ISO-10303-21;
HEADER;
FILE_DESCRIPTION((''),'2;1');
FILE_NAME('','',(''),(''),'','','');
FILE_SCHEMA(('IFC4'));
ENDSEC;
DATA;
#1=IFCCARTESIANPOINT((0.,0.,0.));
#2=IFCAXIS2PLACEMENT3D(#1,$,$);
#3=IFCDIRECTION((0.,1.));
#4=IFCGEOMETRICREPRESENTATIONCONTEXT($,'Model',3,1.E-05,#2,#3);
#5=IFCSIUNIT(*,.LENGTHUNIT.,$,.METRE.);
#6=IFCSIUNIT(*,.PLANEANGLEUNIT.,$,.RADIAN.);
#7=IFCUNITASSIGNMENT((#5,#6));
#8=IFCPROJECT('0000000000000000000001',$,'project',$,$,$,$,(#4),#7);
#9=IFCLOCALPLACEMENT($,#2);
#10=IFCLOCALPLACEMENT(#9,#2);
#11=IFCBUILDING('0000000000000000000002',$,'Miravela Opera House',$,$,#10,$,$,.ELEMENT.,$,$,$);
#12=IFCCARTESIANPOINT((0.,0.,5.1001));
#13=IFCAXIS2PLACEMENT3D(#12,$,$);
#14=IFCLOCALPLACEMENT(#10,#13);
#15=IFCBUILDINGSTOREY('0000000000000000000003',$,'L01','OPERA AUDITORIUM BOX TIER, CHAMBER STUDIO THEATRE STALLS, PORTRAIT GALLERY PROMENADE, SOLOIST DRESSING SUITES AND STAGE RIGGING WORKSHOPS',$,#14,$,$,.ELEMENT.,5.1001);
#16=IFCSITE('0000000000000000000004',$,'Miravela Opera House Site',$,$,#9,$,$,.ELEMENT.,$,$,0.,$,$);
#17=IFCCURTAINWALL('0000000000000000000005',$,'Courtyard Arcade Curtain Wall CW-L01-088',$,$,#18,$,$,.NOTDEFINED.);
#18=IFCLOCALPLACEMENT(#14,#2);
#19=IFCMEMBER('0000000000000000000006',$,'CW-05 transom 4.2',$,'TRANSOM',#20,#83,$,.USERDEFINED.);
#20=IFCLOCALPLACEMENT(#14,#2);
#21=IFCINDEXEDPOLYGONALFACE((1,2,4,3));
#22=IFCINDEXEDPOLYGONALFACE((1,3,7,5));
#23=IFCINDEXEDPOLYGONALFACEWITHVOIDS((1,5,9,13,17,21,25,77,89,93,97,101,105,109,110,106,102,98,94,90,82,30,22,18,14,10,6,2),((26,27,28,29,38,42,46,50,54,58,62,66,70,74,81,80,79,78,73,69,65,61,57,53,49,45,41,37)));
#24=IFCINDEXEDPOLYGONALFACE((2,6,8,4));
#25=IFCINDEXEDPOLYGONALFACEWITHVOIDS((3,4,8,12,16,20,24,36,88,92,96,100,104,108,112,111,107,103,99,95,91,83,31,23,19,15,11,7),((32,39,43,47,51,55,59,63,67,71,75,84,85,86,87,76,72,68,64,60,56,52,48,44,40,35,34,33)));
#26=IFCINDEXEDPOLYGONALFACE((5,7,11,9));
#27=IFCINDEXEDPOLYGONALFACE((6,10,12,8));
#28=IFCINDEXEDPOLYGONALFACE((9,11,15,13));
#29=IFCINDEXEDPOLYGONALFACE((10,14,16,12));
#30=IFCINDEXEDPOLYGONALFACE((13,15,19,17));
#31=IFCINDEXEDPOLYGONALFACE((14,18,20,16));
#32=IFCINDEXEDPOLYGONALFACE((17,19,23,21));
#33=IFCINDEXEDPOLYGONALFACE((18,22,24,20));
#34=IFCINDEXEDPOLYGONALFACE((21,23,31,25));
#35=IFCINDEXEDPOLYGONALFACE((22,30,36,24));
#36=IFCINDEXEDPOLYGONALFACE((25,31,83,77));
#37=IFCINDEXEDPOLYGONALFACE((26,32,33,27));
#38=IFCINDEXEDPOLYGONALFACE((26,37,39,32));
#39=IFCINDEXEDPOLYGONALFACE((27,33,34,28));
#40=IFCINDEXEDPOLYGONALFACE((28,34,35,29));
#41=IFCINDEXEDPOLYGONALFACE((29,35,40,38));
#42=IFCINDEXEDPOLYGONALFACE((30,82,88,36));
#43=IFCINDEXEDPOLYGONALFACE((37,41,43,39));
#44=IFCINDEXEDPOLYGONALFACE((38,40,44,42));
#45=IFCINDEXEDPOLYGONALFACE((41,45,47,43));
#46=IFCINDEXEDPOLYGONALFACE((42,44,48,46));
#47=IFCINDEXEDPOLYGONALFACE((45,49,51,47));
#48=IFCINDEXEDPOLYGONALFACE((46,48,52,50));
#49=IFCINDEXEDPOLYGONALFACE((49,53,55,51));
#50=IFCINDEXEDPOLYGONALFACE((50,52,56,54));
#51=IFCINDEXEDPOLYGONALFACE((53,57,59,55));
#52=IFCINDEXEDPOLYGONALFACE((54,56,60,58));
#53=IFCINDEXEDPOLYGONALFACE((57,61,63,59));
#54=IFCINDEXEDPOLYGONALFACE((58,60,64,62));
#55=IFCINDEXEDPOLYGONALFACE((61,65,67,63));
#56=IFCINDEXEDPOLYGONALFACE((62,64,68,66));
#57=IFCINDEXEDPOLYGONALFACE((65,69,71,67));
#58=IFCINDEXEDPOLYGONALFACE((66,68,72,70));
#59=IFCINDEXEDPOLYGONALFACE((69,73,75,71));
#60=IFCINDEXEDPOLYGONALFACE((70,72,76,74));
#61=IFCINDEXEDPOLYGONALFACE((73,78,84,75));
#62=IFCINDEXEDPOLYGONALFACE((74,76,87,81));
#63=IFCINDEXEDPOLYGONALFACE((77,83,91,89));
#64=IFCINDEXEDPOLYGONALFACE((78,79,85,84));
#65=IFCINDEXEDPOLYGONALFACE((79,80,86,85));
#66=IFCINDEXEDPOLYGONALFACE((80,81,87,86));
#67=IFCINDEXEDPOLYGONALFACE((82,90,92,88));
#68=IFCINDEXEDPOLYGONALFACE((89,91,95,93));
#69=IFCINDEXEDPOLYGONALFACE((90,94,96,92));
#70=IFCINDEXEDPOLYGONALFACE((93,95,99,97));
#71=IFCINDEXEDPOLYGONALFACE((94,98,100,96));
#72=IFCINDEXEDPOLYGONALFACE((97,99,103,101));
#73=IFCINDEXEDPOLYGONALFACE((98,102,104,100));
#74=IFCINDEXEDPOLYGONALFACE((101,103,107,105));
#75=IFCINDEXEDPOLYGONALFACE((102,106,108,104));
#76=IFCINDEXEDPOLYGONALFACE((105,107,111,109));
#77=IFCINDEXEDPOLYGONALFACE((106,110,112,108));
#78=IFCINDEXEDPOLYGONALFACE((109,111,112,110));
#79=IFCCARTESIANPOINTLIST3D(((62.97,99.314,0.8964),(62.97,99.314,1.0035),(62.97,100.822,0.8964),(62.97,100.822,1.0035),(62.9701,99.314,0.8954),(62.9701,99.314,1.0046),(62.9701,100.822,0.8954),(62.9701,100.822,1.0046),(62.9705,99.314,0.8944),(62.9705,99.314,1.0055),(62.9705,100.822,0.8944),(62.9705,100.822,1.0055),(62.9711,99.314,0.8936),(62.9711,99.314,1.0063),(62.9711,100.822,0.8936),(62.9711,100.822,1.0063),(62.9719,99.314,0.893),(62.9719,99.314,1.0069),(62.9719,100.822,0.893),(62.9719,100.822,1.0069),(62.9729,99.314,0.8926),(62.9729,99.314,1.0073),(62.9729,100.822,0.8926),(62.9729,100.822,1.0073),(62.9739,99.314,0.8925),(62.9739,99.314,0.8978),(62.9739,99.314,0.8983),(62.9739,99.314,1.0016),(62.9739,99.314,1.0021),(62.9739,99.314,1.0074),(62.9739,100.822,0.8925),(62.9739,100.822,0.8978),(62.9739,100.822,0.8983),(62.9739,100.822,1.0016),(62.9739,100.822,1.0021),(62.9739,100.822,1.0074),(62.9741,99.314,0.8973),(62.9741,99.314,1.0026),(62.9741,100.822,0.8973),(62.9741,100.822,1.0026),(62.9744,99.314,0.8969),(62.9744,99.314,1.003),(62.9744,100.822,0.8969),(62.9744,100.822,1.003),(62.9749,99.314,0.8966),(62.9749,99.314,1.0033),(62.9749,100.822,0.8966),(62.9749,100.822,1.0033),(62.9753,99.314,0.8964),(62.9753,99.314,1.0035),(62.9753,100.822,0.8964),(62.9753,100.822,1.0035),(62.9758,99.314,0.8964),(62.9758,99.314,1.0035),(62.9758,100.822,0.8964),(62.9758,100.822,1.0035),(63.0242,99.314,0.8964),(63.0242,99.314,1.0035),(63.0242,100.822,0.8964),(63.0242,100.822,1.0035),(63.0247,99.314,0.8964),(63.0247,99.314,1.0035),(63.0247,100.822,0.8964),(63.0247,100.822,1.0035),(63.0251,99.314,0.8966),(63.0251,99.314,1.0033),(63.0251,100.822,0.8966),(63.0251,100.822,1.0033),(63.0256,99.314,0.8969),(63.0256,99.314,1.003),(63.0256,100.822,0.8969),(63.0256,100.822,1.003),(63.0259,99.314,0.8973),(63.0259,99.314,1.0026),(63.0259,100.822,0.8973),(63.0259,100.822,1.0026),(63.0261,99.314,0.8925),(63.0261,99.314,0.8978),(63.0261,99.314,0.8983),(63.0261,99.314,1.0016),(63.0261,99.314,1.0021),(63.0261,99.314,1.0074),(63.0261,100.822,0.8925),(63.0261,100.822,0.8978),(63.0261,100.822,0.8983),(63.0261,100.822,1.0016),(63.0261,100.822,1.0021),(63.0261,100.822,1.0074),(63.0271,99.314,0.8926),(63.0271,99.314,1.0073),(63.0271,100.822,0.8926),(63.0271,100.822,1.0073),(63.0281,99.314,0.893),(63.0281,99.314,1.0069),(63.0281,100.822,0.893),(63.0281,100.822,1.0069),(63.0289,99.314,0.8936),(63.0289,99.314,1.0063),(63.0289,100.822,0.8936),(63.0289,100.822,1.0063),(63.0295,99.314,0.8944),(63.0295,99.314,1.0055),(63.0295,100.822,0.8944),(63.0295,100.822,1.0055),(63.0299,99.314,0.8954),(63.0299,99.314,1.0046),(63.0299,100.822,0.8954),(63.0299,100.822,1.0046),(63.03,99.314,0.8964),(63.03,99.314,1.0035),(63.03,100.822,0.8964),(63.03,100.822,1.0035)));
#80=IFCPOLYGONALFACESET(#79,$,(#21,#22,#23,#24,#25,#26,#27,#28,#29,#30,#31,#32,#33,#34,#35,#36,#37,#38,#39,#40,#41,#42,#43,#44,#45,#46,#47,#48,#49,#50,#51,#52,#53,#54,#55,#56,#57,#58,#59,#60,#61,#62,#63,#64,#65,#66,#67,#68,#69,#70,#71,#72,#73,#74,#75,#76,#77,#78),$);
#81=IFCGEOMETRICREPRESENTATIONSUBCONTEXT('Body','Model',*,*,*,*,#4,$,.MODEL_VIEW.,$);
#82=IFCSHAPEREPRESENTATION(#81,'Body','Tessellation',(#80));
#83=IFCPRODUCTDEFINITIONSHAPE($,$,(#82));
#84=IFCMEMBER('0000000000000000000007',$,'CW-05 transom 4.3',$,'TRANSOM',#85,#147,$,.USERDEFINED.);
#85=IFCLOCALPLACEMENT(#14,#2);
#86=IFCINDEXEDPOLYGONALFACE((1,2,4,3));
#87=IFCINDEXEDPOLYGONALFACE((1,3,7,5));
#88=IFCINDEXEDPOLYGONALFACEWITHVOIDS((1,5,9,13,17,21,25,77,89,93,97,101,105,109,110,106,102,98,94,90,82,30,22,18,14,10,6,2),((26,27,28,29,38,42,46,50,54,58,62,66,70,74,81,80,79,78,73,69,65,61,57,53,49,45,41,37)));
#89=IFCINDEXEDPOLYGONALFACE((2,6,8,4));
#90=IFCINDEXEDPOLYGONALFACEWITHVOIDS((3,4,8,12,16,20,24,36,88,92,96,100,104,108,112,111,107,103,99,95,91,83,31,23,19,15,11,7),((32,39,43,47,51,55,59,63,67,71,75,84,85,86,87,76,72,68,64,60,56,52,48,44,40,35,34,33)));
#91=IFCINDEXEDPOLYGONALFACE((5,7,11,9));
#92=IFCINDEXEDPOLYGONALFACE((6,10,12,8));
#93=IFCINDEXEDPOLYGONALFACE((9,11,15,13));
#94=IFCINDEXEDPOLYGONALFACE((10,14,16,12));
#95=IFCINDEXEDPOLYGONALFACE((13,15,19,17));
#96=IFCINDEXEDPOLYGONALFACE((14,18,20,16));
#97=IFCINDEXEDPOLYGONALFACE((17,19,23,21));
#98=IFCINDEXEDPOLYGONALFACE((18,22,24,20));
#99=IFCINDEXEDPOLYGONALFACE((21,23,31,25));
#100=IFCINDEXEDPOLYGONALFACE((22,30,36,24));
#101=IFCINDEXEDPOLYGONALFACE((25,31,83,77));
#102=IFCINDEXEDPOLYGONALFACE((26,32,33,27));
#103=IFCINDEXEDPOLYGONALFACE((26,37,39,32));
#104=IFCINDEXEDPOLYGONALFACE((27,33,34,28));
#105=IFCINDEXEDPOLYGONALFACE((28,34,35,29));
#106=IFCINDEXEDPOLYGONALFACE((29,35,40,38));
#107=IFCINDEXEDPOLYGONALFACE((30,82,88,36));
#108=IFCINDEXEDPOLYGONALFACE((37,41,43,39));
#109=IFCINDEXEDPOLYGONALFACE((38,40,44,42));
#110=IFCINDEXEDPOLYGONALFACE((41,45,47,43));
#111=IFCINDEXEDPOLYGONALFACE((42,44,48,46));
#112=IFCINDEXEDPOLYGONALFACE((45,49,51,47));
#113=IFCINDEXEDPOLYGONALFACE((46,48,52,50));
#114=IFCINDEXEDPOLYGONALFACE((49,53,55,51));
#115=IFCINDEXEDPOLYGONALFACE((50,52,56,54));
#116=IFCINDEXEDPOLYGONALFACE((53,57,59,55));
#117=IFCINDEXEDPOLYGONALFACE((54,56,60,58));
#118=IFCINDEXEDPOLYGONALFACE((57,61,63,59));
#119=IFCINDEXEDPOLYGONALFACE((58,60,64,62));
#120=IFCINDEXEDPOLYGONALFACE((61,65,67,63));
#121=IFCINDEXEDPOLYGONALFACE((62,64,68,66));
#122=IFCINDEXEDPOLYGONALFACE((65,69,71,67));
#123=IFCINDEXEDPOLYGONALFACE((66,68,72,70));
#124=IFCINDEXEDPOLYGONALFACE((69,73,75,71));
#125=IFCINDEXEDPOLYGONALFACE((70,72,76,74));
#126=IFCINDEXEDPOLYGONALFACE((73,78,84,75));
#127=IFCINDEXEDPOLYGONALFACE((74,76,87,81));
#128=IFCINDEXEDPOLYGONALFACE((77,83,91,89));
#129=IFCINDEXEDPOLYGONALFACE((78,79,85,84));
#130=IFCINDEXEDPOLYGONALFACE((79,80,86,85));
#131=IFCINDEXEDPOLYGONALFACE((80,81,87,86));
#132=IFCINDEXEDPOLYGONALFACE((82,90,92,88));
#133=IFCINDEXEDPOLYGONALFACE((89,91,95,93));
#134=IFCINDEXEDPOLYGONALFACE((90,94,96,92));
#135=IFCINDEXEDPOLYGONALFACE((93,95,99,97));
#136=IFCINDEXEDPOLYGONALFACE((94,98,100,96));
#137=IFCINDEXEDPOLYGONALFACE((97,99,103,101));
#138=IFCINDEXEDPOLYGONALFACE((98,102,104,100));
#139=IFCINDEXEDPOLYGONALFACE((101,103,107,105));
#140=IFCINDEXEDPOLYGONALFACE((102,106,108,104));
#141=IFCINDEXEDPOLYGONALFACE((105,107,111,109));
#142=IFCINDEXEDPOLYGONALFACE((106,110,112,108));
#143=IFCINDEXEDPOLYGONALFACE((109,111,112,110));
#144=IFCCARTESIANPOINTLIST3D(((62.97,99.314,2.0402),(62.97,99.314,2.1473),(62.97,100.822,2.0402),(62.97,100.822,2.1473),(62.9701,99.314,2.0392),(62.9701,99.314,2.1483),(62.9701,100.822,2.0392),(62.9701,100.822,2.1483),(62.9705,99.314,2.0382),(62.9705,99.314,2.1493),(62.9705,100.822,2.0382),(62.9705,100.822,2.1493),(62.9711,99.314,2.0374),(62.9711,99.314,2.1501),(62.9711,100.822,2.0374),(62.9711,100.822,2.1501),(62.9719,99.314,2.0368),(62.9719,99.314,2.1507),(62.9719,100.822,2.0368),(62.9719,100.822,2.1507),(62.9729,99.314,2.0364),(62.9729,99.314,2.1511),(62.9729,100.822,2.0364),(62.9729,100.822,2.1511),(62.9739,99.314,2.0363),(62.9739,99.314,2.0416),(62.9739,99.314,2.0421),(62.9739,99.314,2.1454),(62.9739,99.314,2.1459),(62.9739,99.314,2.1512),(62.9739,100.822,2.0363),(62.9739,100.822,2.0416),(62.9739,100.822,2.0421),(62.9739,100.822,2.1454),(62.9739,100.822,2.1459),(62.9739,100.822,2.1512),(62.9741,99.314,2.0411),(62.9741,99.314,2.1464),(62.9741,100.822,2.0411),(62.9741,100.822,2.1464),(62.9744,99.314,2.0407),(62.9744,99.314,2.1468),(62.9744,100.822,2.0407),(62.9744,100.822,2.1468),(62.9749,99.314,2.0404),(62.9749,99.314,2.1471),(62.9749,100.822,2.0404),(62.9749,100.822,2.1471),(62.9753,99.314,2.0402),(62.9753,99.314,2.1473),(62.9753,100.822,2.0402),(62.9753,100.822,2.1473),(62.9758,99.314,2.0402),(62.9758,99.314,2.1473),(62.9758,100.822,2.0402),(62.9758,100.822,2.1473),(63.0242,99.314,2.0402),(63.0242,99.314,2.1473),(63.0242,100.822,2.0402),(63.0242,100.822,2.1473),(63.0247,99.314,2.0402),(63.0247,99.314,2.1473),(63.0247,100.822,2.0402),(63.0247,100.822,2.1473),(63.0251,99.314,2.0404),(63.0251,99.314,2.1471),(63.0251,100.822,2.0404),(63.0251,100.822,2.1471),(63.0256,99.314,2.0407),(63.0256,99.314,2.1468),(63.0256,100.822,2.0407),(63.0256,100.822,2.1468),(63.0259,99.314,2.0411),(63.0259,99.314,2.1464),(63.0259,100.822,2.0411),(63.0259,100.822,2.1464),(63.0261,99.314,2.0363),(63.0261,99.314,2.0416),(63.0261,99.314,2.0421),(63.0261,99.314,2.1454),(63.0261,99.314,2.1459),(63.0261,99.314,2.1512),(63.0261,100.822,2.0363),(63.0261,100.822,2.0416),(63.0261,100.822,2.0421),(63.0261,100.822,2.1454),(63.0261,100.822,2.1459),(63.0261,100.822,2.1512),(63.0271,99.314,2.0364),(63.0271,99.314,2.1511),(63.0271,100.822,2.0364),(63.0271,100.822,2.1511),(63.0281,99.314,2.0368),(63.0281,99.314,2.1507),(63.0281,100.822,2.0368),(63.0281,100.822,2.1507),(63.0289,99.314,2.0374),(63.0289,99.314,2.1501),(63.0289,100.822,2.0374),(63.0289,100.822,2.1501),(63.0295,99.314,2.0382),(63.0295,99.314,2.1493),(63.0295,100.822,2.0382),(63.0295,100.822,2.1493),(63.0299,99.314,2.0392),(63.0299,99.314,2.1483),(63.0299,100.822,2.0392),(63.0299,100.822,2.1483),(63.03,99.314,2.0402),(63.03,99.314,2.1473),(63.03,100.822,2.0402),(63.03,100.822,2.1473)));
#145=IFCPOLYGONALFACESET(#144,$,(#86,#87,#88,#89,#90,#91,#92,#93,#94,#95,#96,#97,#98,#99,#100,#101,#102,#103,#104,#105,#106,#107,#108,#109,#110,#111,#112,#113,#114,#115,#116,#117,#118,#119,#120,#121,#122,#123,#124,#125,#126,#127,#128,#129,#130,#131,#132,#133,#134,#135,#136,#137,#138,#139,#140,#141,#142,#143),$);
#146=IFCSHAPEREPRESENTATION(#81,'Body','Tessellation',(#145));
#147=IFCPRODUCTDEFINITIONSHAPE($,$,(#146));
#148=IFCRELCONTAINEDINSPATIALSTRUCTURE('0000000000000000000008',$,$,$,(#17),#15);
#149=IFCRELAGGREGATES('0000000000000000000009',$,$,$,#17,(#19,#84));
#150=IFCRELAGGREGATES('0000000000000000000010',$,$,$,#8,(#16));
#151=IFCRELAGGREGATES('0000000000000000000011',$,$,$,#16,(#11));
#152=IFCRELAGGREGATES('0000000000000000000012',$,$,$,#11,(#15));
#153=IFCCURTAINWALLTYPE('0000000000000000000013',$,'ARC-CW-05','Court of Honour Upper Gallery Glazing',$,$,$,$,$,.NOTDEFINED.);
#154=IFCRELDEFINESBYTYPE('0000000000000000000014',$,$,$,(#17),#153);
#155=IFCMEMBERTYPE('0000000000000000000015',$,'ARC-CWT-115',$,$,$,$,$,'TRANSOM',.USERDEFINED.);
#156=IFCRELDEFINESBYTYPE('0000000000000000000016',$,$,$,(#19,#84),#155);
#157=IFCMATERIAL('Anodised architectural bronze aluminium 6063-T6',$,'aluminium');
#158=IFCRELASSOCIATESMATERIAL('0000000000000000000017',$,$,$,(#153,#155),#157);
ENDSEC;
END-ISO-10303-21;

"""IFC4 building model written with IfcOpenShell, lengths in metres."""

from ifc_helpers import new_model, si_unit, direction, frame, origin, origin_2d, place, context, subcontext, project, spatial, hollow_rectangle, extrude, material, material_profile, profile_set, type_object, element, aggregate, save


model = new_model("IFC4")

# Units and contexts
model_context = context("Model", 3, precision=1e-05, world=origin(), true_north=direction((0.0, 1.0)))
body_context = subcontext(model_context, "Body", "Model", "MODEL_VIEW")
ifc_project = project(units=[si_unit("LENGTHUNIT", "METRE"), si_unit("PLANEANGLEUNIT", "RADIAN")], contexts=[model_context])

# Site, building, storey
site_placement = place(None, origin())
site = spatial("IfcSite", under=ifc_project, at=site_placement, Name="Miravela Opera House Site", CompositionType="ELEMENT", RefElevation=0.0)
building_placement = place(site_placement, origin())
building = spatial("IfcBuilding", under=site, at=building_placement, Name="Miravela Opera House", CompositionType="ELEMENT")
storey_placement = place(building_placement, frame((0.0, 0.0, 5.1001)))
storey = spatial("IfcBuildingStorey", under=building, at=storey_placement, Name="L01", Description="OPERA AUDITORIUM BOX TIER, CHAMBER STUDIO THEATRE STALLS, PORTRAIT GALLERY PROMENADE, SOLOIST DRESSING SUITES AND STAGE RIGGING WORKSHOPS", CompositionType="ELEMENT", Elevation=5.1001)

# Curtain wall, members
ifc_material_1 = material(Name="Anodised architectural bronze aluminium 6063-T6", Category="aluminium")
curtain_wall_type = type_object("IfcCurtainWallType", Name="ARC-CW-05", Description="Court of Honour Upper Gallery Glazing", PredefinedType="NOTDEFINED", material=ifc_material_1)
curtain_wall_placement = place(storey_placement, origin())
curtain_wall = element("IfcCurtainWall", 1, at=curtain_wall_placement, inside=storey, type_object=curtain_wall_type, Name="Courtyard Arcade Curtain Wall CW-L01-088", PredefinedType="NOTDEFINED")
ifc_material_profile_1 = material_profile(ifc_material_1, hollow_rectangle(XDim=0.0601, YDim=0.115, WallThickness=0.0039, InnerFilletRadius=0.002, OuterFilletRadius=0.0039, at=origin_2d()), Name="CWT-60X115")
ifc_profile_set_1 = profile_set([ifc_material_profile_1])
member_type_1 = type_object("IfcMemberType", Name="ARC-CWT-115", ElementType="TRANSOM", PredefinedType="USERDEFINED", material=ifc_profile_set_1)
member_1_placement = place(storey_placement, frame((63.0, 99.314, 0.95), z_axis=(0.0, 1.0, 0.0), x_axis=(-1.0, 0.0, 0.0)))
member_1 = element("IfcMember", 2, at=member_1_placement, type_object=member_type_1, Name="CW-05 transom 4.2", ObjectType="TRANSOM", PredefinedType="USERDEFINED", context=body_context, shape_type="SweptSolid", body=[
    extrude(hollow_rectangle(XDim=0.0601, YDim=0.115, WallThickness=0.0039, InnerFilletRadius=0.002, OuterFilletRadius=0.0039, at=origin_2d()), origin(), (0.0, 0.0, 1.0), 1.5081),
])
member_2_placement = place(storey_placement, frame((63.0, 99.314, 2.0938), z_axis=(0.0, 1.0, 0.0), x_axis=(-1.0, 0.0, 0.0)))
member_2 = element("IfcMember", 3, at=member_2_placement, type_object=member_type_1, Name="CW-05 transom 4.3", ObjectType="TRANSOM", PredefinedType="USERDEFINED", context=body_context, shape_type="SweptSolid", body=[
    extrude(hollow_rectangle(XDim=0.0601, YDim=0.115, WallThickness=0.0039, InnerFilletRadius=0.002, OuterFilletRadius=0.0039, at=origin_2d()), origin(), (0.0, 0.0, 1.0), 1.5081),
])

aggregate(curtain_wall, [member_1, member_2])

save(model, "model.ifc")
